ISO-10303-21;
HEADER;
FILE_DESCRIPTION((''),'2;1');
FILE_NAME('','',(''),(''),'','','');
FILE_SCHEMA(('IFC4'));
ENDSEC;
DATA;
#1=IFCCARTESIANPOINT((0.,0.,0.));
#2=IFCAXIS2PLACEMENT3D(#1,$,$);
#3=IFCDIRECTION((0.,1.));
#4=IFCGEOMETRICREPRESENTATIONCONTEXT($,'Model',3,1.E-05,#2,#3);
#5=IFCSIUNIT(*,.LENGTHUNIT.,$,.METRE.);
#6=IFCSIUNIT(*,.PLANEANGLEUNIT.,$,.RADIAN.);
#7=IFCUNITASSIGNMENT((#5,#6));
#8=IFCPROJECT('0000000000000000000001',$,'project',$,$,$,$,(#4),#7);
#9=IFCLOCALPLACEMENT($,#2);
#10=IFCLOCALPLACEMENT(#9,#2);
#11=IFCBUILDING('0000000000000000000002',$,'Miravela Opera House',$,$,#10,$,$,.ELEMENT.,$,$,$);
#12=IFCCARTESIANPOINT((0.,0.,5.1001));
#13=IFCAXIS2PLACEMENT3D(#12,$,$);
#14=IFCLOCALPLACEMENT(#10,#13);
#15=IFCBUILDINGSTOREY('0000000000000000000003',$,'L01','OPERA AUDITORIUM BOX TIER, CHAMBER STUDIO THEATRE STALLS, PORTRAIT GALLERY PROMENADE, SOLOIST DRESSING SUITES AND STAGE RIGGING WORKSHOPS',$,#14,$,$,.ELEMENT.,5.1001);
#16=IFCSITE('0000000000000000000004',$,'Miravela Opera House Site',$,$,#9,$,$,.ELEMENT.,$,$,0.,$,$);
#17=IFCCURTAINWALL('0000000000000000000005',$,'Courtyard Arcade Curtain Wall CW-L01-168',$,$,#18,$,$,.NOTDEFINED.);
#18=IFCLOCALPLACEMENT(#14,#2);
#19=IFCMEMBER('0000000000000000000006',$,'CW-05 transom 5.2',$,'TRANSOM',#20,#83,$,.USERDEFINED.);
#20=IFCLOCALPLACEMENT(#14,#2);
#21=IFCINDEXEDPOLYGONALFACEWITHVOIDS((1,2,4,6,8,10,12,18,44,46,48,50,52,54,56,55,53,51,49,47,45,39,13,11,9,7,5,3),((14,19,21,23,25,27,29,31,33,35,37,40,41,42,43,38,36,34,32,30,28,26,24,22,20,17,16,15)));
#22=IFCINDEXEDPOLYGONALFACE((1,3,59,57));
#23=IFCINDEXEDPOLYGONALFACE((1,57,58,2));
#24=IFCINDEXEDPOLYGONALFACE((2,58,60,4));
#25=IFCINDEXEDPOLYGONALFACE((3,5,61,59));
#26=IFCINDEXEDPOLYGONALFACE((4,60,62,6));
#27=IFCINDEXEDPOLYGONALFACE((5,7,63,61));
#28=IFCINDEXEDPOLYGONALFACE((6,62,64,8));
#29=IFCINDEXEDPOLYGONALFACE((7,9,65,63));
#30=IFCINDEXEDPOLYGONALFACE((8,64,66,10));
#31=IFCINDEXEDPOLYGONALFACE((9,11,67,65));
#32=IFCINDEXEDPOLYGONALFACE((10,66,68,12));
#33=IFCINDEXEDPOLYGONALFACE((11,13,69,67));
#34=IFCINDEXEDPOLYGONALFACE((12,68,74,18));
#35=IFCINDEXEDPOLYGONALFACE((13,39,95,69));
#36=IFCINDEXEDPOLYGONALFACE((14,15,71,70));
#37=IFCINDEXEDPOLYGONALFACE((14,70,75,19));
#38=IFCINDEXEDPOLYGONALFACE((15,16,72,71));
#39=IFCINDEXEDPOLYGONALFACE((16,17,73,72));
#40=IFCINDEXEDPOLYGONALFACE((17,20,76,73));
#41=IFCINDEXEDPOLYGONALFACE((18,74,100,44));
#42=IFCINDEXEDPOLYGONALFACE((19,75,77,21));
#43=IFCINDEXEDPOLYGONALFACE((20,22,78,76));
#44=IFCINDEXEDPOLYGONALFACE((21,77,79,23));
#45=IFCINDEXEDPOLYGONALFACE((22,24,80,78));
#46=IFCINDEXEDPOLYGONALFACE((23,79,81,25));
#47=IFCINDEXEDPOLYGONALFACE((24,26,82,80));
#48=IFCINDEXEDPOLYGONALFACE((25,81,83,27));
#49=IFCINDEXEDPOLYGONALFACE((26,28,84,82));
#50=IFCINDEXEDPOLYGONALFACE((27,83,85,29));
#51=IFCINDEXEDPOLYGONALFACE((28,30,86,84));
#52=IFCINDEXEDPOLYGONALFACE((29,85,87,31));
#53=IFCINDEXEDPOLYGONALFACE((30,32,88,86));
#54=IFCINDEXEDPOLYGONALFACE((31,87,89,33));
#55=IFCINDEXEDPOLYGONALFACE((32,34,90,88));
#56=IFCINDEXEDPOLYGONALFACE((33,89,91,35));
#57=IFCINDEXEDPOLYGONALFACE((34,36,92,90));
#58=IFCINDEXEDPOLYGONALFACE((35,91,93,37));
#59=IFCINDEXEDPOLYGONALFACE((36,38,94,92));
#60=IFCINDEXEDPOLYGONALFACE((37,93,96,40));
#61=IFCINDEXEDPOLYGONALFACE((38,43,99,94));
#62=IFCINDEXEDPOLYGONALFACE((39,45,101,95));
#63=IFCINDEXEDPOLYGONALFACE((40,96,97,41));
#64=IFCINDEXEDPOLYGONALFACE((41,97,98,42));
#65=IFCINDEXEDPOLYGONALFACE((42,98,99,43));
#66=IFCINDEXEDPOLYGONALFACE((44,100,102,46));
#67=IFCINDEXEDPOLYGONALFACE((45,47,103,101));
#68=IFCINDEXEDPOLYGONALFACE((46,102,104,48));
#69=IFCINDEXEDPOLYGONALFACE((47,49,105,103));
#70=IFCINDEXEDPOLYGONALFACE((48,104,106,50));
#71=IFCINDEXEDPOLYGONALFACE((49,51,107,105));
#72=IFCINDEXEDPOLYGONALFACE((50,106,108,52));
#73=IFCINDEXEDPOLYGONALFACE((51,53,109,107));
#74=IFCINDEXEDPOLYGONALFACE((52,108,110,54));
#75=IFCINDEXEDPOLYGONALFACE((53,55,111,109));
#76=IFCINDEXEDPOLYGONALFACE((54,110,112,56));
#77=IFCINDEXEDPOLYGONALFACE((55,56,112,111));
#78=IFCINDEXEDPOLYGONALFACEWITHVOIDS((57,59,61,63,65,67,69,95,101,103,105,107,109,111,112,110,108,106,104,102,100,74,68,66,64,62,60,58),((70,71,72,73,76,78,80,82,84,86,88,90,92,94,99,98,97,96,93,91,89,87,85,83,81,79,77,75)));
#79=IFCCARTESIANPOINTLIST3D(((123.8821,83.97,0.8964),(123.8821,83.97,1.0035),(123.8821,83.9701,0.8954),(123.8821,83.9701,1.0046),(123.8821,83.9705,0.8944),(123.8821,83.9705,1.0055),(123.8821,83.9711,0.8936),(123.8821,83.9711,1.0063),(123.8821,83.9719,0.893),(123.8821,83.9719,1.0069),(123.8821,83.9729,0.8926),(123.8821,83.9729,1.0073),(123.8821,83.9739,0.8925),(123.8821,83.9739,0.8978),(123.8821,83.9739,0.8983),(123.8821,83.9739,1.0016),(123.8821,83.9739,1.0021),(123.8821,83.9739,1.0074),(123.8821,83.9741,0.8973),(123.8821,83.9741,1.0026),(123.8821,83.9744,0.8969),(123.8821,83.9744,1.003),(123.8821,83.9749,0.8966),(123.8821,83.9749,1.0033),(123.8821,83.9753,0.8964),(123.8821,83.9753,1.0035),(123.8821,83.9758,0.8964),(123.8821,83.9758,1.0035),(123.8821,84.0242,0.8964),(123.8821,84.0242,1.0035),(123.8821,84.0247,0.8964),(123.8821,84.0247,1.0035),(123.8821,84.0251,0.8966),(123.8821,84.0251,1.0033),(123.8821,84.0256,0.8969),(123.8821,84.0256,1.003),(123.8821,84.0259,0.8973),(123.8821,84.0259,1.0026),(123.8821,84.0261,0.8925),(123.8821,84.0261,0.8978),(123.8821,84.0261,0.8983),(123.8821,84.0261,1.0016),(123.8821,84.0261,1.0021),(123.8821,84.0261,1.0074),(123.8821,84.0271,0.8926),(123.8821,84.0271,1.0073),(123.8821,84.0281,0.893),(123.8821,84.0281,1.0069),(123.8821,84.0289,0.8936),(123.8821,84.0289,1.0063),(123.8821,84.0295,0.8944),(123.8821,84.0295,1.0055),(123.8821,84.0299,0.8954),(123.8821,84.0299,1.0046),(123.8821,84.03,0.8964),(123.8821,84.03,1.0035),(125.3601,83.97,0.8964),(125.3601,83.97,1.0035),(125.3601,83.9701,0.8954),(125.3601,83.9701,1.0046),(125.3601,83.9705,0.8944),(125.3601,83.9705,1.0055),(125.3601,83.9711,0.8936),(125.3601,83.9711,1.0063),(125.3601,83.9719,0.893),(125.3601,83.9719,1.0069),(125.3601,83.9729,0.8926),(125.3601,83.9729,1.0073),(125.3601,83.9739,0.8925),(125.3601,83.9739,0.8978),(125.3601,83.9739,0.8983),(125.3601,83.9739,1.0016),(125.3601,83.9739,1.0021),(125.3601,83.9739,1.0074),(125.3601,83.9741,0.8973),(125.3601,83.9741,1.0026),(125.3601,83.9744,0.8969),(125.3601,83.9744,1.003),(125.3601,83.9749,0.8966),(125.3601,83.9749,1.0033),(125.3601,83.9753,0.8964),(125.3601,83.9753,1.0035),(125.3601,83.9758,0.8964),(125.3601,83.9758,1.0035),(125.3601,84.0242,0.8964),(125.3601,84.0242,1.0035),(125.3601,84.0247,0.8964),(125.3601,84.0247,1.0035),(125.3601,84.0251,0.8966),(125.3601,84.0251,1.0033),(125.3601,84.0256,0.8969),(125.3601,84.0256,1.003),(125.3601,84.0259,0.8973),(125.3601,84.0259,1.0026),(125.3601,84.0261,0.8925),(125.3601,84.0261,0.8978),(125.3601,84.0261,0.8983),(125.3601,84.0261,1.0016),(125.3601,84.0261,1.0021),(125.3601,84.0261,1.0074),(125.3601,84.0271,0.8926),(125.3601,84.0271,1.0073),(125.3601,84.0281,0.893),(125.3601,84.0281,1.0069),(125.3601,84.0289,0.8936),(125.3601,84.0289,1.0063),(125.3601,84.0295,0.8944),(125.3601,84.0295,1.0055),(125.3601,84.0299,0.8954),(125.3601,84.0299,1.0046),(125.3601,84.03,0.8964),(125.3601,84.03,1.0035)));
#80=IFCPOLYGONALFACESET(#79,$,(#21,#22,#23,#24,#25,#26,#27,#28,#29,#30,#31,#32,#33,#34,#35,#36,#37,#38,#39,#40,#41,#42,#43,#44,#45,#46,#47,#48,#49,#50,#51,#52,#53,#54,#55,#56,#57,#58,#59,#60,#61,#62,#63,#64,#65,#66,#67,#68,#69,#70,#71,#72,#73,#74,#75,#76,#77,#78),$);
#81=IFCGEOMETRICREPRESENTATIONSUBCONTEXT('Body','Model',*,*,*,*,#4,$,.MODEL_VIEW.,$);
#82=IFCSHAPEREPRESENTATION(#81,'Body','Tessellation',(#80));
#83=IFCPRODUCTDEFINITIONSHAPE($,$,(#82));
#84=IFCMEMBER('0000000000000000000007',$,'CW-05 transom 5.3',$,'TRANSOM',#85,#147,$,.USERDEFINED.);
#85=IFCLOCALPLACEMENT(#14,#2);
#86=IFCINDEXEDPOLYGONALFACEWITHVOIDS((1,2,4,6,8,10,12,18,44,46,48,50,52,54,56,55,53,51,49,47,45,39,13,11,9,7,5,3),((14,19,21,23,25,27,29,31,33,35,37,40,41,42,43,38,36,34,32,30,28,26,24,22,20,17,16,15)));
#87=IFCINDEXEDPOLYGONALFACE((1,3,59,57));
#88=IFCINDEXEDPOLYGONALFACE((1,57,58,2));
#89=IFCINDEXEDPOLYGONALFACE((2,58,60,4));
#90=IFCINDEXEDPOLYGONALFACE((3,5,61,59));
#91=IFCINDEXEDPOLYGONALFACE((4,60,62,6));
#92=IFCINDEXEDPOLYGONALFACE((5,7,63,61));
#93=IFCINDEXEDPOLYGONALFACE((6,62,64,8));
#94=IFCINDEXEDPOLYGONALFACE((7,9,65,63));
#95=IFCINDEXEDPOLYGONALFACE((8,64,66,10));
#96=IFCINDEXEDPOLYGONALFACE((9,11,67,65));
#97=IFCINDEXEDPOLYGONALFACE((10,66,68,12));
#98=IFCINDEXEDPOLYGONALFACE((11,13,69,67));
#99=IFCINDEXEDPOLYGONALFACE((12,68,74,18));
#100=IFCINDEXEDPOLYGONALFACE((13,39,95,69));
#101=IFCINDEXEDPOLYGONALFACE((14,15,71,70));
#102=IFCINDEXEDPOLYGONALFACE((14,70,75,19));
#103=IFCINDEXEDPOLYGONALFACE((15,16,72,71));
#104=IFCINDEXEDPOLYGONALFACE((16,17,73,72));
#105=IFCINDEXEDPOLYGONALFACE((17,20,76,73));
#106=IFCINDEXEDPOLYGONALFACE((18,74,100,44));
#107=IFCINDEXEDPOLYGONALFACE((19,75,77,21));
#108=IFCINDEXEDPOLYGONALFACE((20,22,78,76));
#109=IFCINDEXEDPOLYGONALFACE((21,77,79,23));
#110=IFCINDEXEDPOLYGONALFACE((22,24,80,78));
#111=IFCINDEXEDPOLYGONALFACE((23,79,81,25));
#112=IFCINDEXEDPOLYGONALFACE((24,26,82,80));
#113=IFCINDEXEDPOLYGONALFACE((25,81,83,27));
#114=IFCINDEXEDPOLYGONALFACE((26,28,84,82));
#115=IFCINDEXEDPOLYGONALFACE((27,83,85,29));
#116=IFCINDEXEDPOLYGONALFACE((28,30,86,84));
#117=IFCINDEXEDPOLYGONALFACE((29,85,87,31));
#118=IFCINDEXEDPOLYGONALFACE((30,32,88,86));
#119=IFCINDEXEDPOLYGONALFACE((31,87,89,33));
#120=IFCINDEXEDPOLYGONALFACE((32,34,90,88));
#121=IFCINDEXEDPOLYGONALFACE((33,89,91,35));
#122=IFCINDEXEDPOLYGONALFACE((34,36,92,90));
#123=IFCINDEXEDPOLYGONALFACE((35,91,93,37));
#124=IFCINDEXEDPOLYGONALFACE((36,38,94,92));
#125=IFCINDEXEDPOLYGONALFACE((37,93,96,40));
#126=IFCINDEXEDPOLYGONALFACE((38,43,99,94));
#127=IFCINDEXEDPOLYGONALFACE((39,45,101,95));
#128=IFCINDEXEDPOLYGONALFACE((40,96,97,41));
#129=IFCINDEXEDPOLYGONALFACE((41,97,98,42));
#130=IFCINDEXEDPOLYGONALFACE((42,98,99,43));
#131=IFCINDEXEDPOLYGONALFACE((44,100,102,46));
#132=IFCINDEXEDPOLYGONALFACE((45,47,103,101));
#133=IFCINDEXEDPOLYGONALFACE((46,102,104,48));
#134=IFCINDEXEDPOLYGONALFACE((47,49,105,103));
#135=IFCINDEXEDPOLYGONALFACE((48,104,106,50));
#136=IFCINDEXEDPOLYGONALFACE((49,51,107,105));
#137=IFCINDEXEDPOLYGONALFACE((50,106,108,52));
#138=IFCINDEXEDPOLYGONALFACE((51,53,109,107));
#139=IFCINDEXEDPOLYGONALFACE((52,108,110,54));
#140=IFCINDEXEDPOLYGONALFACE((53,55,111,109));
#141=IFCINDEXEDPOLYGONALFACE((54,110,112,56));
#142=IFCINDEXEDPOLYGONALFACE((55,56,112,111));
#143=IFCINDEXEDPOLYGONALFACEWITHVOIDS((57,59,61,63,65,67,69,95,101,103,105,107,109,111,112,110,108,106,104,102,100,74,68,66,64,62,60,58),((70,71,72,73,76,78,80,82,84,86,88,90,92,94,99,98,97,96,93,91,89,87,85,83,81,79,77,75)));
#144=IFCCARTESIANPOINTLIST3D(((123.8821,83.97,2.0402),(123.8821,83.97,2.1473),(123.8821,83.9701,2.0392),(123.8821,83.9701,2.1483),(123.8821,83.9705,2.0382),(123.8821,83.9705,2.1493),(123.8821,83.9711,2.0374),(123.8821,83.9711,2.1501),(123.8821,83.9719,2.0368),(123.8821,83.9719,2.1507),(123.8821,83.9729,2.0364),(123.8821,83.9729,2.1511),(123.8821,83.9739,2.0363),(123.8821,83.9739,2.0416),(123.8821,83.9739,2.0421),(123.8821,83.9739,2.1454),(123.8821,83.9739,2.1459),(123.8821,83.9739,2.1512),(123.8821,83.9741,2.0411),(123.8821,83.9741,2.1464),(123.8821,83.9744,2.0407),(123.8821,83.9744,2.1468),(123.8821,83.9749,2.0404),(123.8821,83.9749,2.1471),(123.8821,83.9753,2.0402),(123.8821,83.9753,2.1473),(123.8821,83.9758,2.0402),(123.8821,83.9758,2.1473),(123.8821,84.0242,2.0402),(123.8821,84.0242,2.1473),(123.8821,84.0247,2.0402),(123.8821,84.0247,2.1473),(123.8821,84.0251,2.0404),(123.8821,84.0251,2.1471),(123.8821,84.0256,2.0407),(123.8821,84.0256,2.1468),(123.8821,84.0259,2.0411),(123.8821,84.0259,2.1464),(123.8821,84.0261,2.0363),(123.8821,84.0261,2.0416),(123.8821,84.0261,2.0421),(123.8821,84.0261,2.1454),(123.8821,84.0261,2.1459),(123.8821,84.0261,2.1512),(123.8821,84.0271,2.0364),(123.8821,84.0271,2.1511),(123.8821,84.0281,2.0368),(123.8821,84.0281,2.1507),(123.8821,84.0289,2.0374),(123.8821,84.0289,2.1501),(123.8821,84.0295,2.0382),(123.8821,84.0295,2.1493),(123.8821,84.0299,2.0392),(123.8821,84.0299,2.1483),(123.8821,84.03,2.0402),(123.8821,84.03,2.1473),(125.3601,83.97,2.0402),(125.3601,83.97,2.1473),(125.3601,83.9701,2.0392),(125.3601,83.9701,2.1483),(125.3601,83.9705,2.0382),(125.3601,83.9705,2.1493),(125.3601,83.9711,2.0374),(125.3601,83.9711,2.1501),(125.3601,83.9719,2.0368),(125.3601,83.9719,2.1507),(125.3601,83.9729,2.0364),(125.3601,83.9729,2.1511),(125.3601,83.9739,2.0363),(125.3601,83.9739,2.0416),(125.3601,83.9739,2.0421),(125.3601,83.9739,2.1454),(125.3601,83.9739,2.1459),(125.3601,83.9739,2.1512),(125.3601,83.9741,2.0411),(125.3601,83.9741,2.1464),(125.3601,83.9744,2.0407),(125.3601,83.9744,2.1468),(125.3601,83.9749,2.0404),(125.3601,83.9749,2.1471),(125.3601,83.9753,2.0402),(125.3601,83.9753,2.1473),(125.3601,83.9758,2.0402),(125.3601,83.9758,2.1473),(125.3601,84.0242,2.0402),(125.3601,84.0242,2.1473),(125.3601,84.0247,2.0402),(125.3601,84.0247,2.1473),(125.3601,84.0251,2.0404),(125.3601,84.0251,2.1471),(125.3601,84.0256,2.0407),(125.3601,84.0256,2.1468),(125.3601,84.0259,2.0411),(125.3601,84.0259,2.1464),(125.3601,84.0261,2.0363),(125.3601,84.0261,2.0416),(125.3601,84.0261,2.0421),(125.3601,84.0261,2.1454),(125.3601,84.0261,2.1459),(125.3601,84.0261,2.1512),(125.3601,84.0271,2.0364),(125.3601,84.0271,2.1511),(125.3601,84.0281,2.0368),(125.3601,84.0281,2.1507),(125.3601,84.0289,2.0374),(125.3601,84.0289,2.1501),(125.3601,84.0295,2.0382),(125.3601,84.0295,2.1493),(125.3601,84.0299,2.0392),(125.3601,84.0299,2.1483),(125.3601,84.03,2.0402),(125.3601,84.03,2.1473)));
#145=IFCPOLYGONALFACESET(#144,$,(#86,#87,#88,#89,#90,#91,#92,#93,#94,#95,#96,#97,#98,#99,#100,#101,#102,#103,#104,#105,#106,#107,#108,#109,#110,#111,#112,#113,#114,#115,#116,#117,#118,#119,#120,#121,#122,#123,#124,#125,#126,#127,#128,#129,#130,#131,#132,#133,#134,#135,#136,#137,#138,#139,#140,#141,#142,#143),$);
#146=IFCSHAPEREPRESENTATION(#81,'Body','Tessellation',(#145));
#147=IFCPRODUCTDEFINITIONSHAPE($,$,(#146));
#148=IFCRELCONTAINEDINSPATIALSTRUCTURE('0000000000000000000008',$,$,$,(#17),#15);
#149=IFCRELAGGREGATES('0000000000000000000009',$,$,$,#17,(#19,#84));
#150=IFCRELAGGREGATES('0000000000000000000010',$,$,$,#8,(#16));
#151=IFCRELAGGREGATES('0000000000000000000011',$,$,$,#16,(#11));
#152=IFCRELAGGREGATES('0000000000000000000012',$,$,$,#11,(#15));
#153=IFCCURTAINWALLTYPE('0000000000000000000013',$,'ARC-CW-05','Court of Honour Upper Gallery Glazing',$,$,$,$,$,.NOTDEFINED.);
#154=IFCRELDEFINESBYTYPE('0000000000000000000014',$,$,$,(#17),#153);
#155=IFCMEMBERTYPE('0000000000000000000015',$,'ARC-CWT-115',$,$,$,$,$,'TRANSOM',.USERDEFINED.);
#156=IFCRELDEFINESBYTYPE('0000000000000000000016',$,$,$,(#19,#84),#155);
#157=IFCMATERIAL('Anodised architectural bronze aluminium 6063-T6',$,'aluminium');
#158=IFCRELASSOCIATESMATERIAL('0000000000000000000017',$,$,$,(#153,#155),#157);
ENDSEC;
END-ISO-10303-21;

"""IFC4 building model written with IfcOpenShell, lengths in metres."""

from ifc_helpers import new_model, si_unit, direction, frame, origin, origin_2d, place, context, subcontext, project, spatial, hollow_rectangle, extrude, material, material_profile, profile_set, type_object, element, aggregate, save


model = new_model("IFC4")

# Units and contexts
model_context = context("Model", 3, precision=1e-05, world=origin(), true_north=direction((0.0, 1.0)))
body_context = subcontext(model_context, "Body", "Model", "MODEL_VIEW")
ifc_project = project(units=[si_unit("LENGTHUNIT", "METRE"), si_unit("PLANEANGLEUNIT", "RADIAN")], contexts=[model_context])

# Site, building, storey
site_placement = place(None, origin())
site = spatial("IfcSite", under=ifc_project, at=site_placement, Name="Miravela Opera House Site", CompositionType="ELEMENT", RefElevation=0.0)
building_placement = place(site_placement, origin())
building = spatial("IfcBuilding", under=site, at=building_placement, Name="Miravela Opera House", CompositionType="ELEMENT")
storey_placement = place(building_placement, frame((0.0, 0.0, 5.1001)))
storey = spatial("IfcBuildingStorey", under=building, at=storey_placement, Name="L01", Description="OPERA AUDITORIUM BOX TIER, CHAMBER STUDIO THEATRE STALLS, PORTRAIT GALLERY PROMENADE, SOLOIST DRESSING SUITES AND STAGE RIGGING WORKSHOPS", CompositionType="ELEMENT", Elevation=5.1001)

# Curtain wall
ifc_material_1 = material(Name="Anodised architectural bronze aluminium 6063-T6", Category="aluminium")
curtain_wall_type = type_object("IfcCurtainWallType", Name="ARC-CW-05", Description="Court of Honour Upper Gallery Glazing", PredefinedType="NOTDEFINED", material=ifc_material_1)
curtain_wall_1_placement = place(storey_placement, origin())
curtain_wall_1 = element("IfcCurtainWall", 1, at=curtain_wall_1_placement, inside=storey, type_object=curtain_wall_type, Name="Courtyard Arcade Curtain Wall CW-L01-168", PredefinedType="NOTDEFINED")

# Members
ifc_material_profile_1 = material_profile(ifc_material_1, hollow_rectangle(XDim=0.0601, YDim=0.115, WallThickness=0.0039, InnerFilletRadius=0.002, OuterFilletRadius=0.0039, at=origin_2d()), Name="CWT-60X115")
ifc_profile_set_1 = profile_set([ifc_material_profile_1])
member_type_1 = type_object("IfcMemberType", Name="ARC-CWT-115", ElementType="TRANSOM", PredefinedType="USERDEFINED", material=ifc_profile_set_1)
member_1_placement = place(storey_placement, frame((123.8821, 84.0, 0.95), z_axis=(1.0, 0.0, 0.0), x_axis=(0.0, 1.0, 0.0)))
member_1 = element("IfcMember", 2, at=member_1_placement, type_object=member_type_1, Name="CW-05 transom 5.2", ObjectType="TRANSOM", PredefinedType="USERDEFINED", context=body_context, shape_type="SweptSolid", body=[
    extrude(hollow_rectangle(XDim=0.0601, YDim=0.115, WallThickness=0.0039, InnerFilletRadius=0.002, OuterFilletRadius=0.0039, at=origin_2d()), origin(), (0.0, 0.0, 1.0), 1.478),
])
member_2_placement = place(storey_placement, frame((123.8821, 84.0, 2.0938), z_axis=(1.0, 0.0, 0.0), x_axis=(0.0, 1.0, 0.0)))
member_2 = element("IfcMember", 3, at=member_2_placement, type_object=member_type_1, Name="CW-05 transom 5.3", ObjectType="TRANSOM", PredefinedType="USERDEFINED", context=body_context, shape_type="SweptSolid", body=[
    extrude(hollow_rectangle(XDim=0.0601, YDim=0.115, WallThickness=0.0039, InnerFilletRadius=0.002, OuterFilletRadius=0.0039, at=origin_2d()), origin(), (0.0, 0.0, 1.0), 1.478),
])

aggregate(curtain_wall_1, [member_1, member_2])

save(model, "model.ifc")
